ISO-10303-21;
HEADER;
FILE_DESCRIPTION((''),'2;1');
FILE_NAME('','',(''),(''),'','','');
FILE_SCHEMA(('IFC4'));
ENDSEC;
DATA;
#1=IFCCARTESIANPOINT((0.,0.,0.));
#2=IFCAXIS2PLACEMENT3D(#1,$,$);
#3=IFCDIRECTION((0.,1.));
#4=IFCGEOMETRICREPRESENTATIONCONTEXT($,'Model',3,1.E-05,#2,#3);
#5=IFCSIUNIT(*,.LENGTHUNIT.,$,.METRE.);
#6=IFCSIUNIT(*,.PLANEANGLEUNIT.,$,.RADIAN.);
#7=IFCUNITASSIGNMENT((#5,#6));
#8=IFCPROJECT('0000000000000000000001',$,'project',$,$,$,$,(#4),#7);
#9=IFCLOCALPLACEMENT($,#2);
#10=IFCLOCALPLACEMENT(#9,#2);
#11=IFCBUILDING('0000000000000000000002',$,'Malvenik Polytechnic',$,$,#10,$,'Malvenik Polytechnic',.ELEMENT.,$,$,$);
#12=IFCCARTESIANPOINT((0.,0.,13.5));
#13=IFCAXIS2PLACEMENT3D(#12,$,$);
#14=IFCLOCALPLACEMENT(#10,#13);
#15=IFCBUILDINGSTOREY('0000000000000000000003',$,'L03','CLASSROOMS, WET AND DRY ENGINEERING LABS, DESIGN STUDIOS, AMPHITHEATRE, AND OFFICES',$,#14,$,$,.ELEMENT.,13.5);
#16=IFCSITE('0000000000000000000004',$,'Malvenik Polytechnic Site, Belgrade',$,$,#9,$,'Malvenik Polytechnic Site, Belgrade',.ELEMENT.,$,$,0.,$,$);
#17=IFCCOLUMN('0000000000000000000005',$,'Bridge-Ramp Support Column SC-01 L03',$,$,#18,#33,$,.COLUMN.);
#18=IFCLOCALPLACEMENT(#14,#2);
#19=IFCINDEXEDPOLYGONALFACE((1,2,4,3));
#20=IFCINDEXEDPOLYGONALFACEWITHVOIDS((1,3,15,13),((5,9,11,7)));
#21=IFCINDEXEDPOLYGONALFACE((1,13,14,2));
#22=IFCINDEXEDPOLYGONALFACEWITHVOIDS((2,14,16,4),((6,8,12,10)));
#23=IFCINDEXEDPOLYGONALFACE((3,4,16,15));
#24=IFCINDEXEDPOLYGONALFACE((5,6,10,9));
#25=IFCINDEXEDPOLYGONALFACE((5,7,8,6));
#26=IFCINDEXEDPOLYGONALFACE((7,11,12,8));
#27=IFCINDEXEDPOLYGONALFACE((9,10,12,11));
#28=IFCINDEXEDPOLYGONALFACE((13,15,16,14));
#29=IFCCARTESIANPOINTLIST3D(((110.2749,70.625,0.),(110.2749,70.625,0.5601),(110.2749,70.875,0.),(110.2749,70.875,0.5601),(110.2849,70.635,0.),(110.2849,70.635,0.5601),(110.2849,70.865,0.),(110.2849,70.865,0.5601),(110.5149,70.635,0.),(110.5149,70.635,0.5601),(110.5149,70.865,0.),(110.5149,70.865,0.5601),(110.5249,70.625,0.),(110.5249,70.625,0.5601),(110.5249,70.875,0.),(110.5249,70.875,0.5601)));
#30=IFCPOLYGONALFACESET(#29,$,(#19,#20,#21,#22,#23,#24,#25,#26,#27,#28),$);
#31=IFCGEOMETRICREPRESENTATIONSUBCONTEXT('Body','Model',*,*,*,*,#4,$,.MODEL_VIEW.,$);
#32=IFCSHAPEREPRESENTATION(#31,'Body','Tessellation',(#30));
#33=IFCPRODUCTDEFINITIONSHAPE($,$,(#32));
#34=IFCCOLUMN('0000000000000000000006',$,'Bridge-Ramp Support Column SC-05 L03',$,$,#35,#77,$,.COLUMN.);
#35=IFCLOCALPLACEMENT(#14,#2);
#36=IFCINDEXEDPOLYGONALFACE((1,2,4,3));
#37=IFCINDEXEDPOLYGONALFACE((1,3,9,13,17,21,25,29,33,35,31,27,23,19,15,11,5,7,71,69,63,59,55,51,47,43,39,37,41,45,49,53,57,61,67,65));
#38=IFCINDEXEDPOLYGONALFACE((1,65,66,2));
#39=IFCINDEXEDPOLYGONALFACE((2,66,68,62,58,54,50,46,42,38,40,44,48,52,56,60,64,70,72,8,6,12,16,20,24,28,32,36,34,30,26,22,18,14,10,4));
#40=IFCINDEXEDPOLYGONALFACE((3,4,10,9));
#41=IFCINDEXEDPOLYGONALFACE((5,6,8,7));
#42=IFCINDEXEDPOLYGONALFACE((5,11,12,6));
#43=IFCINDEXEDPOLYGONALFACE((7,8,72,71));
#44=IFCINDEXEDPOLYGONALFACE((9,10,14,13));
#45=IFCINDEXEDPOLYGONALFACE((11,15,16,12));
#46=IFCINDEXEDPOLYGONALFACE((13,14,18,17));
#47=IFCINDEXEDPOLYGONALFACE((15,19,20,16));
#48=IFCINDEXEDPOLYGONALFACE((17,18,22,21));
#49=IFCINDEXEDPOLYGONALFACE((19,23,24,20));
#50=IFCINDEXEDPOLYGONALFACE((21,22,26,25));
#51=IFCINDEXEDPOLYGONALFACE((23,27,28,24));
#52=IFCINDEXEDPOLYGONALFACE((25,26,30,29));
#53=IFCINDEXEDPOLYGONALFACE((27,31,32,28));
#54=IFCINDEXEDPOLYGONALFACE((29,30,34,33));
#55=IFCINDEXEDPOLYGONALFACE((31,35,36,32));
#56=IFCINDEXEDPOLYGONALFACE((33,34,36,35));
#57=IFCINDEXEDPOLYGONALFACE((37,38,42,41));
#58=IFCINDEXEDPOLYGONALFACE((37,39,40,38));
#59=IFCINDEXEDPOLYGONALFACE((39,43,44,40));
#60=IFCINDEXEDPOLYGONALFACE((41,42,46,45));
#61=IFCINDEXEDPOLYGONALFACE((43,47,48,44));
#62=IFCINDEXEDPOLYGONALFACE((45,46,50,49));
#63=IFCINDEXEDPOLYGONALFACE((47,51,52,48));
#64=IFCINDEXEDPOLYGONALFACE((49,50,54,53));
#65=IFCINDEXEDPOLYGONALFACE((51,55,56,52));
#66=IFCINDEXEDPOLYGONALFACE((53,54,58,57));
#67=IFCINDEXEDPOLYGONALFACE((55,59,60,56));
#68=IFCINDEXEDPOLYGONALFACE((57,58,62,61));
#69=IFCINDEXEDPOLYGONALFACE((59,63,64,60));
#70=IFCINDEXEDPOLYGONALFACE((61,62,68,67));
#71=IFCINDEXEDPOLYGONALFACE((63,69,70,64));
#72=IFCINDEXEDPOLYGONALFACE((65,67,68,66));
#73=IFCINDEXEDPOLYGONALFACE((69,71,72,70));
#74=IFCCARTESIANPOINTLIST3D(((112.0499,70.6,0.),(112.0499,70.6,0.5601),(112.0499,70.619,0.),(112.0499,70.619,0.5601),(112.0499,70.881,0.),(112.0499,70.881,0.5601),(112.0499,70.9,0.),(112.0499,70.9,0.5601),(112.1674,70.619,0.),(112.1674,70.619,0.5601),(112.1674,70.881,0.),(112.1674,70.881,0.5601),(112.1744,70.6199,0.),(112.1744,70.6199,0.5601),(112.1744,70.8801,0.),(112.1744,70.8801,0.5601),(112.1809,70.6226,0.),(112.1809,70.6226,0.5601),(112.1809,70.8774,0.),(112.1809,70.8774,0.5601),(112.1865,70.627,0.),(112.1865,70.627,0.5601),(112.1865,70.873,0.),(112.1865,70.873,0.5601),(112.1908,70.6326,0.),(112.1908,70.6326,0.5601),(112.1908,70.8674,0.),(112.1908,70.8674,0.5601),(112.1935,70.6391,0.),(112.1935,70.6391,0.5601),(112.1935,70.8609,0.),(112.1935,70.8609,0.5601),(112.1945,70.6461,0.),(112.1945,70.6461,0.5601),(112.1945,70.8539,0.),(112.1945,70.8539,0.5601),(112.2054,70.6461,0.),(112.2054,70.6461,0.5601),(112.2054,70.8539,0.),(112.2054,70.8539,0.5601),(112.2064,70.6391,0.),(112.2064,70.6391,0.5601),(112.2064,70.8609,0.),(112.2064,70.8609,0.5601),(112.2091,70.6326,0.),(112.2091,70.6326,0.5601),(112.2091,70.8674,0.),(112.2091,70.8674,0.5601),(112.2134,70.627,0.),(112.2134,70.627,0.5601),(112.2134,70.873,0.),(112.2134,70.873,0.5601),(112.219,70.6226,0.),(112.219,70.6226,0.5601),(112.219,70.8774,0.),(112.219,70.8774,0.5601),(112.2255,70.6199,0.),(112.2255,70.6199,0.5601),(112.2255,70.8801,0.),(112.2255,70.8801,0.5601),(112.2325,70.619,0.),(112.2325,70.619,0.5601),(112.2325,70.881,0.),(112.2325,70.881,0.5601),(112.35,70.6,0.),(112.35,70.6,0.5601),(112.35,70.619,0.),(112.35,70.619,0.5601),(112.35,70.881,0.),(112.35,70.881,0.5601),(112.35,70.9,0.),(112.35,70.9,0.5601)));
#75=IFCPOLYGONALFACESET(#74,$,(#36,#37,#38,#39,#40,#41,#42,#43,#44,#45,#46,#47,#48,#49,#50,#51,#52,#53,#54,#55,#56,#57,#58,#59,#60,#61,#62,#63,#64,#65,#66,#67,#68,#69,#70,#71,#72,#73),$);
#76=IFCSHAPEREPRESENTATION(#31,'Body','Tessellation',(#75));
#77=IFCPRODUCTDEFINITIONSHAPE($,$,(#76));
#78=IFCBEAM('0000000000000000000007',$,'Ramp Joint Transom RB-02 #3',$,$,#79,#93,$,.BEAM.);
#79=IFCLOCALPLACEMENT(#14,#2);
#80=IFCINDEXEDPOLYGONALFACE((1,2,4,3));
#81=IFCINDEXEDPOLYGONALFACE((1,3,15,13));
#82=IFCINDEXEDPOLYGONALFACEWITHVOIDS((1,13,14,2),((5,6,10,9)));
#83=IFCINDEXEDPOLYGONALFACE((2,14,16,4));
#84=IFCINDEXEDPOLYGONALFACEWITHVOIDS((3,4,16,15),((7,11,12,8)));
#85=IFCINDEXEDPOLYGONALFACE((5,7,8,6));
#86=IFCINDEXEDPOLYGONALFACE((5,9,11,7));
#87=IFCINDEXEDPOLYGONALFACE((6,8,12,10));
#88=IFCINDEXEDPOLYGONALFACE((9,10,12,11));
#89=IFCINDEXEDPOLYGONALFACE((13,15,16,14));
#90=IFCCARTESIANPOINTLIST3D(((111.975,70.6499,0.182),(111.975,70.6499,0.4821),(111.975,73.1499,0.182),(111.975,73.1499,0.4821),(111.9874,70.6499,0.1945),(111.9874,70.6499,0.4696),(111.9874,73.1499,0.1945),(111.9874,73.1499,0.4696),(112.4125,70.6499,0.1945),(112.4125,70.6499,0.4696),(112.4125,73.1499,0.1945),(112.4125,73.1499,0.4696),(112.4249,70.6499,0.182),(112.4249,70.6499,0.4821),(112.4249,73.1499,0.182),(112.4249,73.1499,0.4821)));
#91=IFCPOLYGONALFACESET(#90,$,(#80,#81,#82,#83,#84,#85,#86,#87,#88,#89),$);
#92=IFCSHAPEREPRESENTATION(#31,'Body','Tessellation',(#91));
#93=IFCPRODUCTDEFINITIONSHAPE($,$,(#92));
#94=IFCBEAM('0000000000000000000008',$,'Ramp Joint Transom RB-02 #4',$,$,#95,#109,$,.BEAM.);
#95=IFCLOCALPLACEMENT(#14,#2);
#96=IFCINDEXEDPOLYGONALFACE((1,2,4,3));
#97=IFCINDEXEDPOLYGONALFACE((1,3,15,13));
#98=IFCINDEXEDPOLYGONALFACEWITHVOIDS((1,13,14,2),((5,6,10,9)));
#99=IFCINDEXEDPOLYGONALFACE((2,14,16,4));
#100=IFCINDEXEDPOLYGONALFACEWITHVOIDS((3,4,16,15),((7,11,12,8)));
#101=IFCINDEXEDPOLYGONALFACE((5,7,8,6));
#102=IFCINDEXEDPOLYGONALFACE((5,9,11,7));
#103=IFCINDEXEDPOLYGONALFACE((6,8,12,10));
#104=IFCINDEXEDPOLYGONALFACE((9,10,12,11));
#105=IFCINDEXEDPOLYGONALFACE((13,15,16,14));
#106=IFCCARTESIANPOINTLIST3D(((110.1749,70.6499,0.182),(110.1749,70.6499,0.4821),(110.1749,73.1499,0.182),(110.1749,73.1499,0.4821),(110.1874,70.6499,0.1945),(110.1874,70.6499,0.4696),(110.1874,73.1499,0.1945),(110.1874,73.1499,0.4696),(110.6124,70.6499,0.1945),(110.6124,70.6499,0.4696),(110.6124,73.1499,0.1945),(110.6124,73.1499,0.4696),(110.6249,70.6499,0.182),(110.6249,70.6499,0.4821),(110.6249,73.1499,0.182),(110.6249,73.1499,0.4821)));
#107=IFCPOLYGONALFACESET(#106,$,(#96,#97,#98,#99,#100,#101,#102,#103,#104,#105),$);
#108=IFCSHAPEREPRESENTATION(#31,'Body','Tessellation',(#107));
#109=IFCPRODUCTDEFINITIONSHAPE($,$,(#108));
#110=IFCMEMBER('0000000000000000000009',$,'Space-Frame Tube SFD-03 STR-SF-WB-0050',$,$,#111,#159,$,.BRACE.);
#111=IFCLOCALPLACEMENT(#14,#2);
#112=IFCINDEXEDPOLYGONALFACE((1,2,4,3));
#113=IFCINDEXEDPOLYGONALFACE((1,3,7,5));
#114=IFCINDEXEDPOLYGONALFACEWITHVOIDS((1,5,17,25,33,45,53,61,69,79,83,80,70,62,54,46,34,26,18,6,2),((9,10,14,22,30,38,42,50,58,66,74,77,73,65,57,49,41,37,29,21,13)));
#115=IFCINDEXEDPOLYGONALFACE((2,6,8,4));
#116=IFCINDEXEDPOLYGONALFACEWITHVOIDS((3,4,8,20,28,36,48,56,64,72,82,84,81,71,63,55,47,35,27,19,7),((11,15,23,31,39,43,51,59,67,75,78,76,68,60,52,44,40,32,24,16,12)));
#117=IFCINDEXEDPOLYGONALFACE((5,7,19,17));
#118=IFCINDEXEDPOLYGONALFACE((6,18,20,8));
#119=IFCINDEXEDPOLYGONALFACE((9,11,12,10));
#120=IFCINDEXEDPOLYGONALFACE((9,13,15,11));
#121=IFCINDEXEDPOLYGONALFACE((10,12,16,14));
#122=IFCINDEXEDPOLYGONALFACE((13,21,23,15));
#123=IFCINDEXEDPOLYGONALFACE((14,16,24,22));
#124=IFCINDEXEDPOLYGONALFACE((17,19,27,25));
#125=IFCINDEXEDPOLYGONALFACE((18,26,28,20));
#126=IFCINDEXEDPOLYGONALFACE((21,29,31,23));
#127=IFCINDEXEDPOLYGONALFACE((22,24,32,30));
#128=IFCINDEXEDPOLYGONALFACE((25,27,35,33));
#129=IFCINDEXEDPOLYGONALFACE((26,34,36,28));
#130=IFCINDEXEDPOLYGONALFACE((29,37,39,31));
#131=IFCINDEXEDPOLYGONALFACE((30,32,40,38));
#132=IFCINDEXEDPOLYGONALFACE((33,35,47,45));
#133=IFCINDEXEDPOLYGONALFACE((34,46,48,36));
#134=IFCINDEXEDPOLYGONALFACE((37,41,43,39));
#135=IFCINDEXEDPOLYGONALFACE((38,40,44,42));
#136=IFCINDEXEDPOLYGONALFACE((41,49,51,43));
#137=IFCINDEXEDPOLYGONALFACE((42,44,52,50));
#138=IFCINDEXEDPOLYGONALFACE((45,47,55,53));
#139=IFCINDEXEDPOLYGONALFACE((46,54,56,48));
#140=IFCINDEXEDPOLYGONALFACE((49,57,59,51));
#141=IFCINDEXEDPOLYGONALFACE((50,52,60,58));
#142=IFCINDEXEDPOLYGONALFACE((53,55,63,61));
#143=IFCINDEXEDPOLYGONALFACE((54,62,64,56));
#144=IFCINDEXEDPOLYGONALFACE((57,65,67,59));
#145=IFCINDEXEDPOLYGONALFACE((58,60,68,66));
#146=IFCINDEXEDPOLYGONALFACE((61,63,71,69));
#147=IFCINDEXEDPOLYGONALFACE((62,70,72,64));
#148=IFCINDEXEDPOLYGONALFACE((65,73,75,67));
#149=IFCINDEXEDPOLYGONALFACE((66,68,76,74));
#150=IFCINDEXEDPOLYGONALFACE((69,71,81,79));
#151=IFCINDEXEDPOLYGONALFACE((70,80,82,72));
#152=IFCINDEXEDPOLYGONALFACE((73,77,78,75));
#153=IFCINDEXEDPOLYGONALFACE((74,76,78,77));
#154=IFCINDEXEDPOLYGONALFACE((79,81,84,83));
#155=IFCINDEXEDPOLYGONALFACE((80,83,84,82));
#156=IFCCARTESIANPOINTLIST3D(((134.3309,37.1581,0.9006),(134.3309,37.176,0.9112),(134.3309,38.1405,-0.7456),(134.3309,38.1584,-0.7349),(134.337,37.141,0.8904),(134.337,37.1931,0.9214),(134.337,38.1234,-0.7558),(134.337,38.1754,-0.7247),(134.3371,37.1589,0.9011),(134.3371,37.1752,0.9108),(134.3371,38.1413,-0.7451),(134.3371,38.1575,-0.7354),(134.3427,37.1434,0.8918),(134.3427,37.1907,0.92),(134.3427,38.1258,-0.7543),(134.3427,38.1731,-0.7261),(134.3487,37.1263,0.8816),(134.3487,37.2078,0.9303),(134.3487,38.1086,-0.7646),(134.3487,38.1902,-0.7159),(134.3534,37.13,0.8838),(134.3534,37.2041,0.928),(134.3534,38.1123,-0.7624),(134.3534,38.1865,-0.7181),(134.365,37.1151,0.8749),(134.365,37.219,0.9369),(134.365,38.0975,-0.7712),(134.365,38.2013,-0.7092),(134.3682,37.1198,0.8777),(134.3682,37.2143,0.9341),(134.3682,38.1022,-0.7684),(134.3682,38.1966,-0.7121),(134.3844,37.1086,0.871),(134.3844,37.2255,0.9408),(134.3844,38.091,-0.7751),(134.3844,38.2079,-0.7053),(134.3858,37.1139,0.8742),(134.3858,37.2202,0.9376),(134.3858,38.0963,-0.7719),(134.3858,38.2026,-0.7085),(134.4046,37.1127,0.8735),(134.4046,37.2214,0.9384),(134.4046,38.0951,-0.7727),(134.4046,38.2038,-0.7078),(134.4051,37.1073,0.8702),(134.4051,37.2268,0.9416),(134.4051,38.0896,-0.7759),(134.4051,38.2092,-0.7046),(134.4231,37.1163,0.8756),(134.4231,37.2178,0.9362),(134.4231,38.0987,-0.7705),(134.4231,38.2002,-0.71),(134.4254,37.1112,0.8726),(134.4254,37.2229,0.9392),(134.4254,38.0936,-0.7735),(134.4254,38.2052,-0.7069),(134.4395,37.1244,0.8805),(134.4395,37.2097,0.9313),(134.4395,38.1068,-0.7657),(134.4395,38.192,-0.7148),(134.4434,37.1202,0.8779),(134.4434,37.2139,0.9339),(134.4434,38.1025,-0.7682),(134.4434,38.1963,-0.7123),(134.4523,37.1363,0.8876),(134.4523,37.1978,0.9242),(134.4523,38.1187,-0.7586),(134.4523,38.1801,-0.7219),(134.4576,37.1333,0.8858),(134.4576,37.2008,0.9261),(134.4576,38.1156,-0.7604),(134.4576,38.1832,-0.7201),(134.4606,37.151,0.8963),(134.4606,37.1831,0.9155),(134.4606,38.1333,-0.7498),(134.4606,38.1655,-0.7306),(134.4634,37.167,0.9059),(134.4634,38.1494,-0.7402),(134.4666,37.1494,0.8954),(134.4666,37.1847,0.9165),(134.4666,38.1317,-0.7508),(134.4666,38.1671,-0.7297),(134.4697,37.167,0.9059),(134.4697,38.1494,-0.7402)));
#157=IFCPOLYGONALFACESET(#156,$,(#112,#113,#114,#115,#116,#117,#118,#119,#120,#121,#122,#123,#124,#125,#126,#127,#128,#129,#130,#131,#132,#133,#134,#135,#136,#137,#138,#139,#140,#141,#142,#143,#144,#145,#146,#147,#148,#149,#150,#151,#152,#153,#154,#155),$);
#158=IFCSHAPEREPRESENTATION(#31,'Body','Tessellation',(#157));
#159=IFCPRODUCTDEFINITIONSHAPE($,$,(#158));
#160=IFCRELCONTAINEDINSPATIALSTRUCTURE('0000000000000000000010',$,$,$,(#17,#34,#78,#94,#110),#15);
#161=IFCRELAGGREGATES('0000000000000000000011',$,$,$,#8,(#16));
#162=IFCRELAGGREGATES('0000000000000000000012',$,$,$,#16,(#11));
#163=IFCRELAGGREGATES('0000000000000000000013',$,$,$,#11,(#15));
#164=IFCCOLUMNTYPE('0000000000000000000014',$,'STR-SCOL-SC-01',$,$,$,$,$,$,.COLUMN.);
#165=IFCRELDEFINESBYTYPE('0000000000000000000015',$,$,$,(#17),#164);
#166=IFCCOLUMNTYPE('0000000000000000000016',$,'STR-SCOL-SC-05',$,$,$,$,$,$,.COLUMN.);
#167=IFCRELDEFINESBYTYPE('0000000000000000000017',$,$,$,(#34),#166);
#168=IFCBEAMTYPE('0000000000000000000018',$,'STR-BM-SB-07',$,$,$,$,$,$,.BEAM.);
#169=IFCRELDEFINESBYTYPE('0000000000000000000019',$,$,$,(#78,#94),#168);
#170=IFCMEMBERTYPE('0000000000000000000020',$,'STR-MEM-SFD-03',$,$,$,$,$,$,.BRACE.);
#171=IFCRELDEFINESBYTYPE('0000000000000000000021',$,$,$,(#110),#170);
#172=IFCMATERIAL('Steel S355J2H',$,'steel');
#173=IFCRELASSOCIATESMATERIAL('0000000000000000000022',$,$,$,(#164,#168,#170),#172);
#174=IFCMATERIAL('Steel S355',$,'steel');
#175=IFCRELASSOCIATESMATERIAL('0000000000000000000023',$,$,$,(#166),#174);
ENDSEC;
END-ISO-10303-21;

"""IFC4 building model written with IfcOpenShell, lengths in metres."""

from ifc_helpers import new_model, si_unit, direction, frame, origin, origin_2d, place, context, subcontext, project, spatial, hollow_rectangle, hollow_circle, i_section, extrude, material, material_profile, profile_set, type_object, element, save


model = new_model("IFC4")

# Units and contexts
model_context = context("Model", 3, precision=1e-05, world=origin(), true_north=direction((0.0, 1.0)))
body_context = subcontext(model_context, "Body", "Model", "MODEL_VIEW")
ifc_project = project(units=[si_unit("LENGTHUNIT", "METRE"), si_unit("PLANEANGLEUNIT", "RADIAN")], contexts=[model_context])

# Site, building, storey
site_placement = place(None, origin())
site = spatial("IfcSite", under=ifc_project, at=site_placement, Name="Malvenik Polytechnic Site, Belgrade", LongName="Malvenik Polytechnic Site, Belgrade", CompositionType="ELEMENT", RefElevation=0.0)
building_placement = place(site_placement, origin())
building = spatial("IfcBuilding", under=site, at=building_placement, Name="Malvenik Polytechnic", LongName="Malvenik Polytechnic", CompositionType="ELEMENT")
storey_placement = place(building_placement, frame((0.0, 0.0, 13.5)))
storey = spatial("IfcBuildingStorey", under=building, at=storey_placement, Name="L03", Description="CLASSROOMS, WET AND DRY ENGINEERING LABS, DESIGN STUDIOS, AMPHITHEATRE, AND OFFICES", CompositionType="ELEMENT", Elevation=13.5)

# Columns
ifc_material_1 = material(Name="Steel S355J2H", Category="steel")
ifc_material_profile_1 = material_profile(ifc_material_1, hollow_rectangle(XDim=0.25, YDim=0.25, WallThickness=0.01, at=origin_2d()), Name="SHS 250x250x10.0")
ifc_profile_set_1 = profile_set([ifc_material_profile_1], Name="Steel S355J2H")
column_type_1 = type_object("IfcColumnType", Name="STR-SCOL-SC-01", PredefinedType="COLUMN", material=ifc_profile_set_1)
column_1_placement = place(storey_placement, frame((110.3999, 70.75, 0.0), z_axis=(0.0, 0.0, 1.0), x_axis=(1.0, 0.0, 0.0)))
element("IfcColumn", 1, at=column_1_placement, inside=storey, type_object=column_type_1, Name="Bridge-Ramp Support Column SC-01 L03", PredefinedType="COLUMN", context=body_context, shape_type="SweptSolid", body=[
    extrude(hollow_rectangle(XDim=0.25, YDim=0.25, WallThickness=0.01, at=origin_2d()), origin(), (0.0, 0.0, 1.0), 0.5601),
])
ifc_material_2 = material(Name="Steel S355", Category="steel")
ifc_material_profile_2 = material_profile(ifc_material_2, i_section(OverallWidth=0.3, OverallDepth=0.3, WebThickness=0.011, FlangeThickness=0.019, FilletRadius=0.0271, at=origin_2d()), Name="HEB 300")
ifc_profile_set_2 = profile_set([ifc_material_profile_2], Name="Steel S355")
column_type_2 = type_object("IfcColumnType", Name="STR-SCOL-SC-05", PredefinedType="COLUMN", material=ifc_profile_set_2)
column_2_placement = place(storey_placement, frame((112.2, 70.75, 0.0), z_axis=(0.0, 0.0, 1.0), x_axis=(1.0, 0.0, 0.0)))
element("IfcColumn", 2, at=column_2_placement, inside=storey, type_object=column_type_2, Name="Bridge-Ramp Support Column SC-05 L03", PredefinedType="COLUMN", context=body_context, shape_type="SweptSolid", body=[
    extrude(i_section(OverallWidth=0.3, OverallDepth=0.3, WebThickness=0.011, FlangeThickness=0.019, FilletRadius=0.0271, at=origin_2d()), origin(), (0.0, 0.0, 1.0), 0.5601),
])

# Beams
ifc_material_profile_3 = material_profile(ifc_material_1, hollow_rectangle(XDim=0.45, YDim=0.3, WallThickness=0.0125, at=origin_2d()), Name="RHS 450x300x12.5")
ifc_profile_set_3 = profile_set([ifc_material_profile_3], Name="Steel S355J2H")
beam_type = type_object("IfcBeamType", Name="STR-BM-SB-07", PredefinedType="BEAM", material=ifc_profile_set_3)
for number, where, z_axis, x_axis, name in (
    (3, (112.2, 70.6499, 0.332), (0.0, 1.0, 0.0), (-1.0, 0.0, 0.0), "Ramp Joint Transom RB-02 #3"),
    (4, (110.3999, 70.6499, 0.332), (0.0, 1.0, 0.0), (-1.0, 0.0, 0.0), "Ramp Joint Transom RB-02 #4"),
):
    element("IfcBeam", number, at=place(storey_placement, frame(where, z_axis=z_axis, x_axis=x_axis)), inside=storey, type_object=beam_type, Name=name, PredefinedType="BEAM", context=body_context, shape_type="SweptSolid", body=[
        extrude(hollow_rectangle(XDim=0.45, YDim=0.3, WallThickness=0.0125, at=origin_2d()), origin(), (0.0, 0.0, 1.0), 2.5),
    ])

# Member
ifc_material_profile_4 = material_profile(ifc_material_1, hollow_circle(Radius=0.0698, WallThickness=0.0063, at=origin_2d()), Name="CHS 139.7x6.3")
ifc_profile_set_4 = profile_set([ifc_material_profile_4], Name="Steel S355J2H")
member_type_1 = type_object("IfcMemberType", Name="STR-MEM-SFD-03", PredefinedType="BRACE", material=ifc_profile_set_4)
for number, where, z_axis, x_axis, name in (
    (5, (134.3999, 38.1494, -0.7402), (0.0, -0.512453, 0.858715), (1.0, 0.0, 0.0), "Space-Frame Tube SFD-03 STR-SF-WB-0050"),
):
    element("IfcMember", number, at=place(storey_placement, frame(where, z_axis=z_axis, x_axis=x_axis)), inside=storey, type_object=member_type_1, Name=name, PredefinedType="BRACE", context=body_context, shape_type="SweptSolid", body=[
        extrude(hollow_circle(Radius=0.0698, WallThickness=0.0063, at=origin_2d()), origin(), (0.0, 0.0, 1.0), 1.917),
    ])

save(model, "model.ifc")
